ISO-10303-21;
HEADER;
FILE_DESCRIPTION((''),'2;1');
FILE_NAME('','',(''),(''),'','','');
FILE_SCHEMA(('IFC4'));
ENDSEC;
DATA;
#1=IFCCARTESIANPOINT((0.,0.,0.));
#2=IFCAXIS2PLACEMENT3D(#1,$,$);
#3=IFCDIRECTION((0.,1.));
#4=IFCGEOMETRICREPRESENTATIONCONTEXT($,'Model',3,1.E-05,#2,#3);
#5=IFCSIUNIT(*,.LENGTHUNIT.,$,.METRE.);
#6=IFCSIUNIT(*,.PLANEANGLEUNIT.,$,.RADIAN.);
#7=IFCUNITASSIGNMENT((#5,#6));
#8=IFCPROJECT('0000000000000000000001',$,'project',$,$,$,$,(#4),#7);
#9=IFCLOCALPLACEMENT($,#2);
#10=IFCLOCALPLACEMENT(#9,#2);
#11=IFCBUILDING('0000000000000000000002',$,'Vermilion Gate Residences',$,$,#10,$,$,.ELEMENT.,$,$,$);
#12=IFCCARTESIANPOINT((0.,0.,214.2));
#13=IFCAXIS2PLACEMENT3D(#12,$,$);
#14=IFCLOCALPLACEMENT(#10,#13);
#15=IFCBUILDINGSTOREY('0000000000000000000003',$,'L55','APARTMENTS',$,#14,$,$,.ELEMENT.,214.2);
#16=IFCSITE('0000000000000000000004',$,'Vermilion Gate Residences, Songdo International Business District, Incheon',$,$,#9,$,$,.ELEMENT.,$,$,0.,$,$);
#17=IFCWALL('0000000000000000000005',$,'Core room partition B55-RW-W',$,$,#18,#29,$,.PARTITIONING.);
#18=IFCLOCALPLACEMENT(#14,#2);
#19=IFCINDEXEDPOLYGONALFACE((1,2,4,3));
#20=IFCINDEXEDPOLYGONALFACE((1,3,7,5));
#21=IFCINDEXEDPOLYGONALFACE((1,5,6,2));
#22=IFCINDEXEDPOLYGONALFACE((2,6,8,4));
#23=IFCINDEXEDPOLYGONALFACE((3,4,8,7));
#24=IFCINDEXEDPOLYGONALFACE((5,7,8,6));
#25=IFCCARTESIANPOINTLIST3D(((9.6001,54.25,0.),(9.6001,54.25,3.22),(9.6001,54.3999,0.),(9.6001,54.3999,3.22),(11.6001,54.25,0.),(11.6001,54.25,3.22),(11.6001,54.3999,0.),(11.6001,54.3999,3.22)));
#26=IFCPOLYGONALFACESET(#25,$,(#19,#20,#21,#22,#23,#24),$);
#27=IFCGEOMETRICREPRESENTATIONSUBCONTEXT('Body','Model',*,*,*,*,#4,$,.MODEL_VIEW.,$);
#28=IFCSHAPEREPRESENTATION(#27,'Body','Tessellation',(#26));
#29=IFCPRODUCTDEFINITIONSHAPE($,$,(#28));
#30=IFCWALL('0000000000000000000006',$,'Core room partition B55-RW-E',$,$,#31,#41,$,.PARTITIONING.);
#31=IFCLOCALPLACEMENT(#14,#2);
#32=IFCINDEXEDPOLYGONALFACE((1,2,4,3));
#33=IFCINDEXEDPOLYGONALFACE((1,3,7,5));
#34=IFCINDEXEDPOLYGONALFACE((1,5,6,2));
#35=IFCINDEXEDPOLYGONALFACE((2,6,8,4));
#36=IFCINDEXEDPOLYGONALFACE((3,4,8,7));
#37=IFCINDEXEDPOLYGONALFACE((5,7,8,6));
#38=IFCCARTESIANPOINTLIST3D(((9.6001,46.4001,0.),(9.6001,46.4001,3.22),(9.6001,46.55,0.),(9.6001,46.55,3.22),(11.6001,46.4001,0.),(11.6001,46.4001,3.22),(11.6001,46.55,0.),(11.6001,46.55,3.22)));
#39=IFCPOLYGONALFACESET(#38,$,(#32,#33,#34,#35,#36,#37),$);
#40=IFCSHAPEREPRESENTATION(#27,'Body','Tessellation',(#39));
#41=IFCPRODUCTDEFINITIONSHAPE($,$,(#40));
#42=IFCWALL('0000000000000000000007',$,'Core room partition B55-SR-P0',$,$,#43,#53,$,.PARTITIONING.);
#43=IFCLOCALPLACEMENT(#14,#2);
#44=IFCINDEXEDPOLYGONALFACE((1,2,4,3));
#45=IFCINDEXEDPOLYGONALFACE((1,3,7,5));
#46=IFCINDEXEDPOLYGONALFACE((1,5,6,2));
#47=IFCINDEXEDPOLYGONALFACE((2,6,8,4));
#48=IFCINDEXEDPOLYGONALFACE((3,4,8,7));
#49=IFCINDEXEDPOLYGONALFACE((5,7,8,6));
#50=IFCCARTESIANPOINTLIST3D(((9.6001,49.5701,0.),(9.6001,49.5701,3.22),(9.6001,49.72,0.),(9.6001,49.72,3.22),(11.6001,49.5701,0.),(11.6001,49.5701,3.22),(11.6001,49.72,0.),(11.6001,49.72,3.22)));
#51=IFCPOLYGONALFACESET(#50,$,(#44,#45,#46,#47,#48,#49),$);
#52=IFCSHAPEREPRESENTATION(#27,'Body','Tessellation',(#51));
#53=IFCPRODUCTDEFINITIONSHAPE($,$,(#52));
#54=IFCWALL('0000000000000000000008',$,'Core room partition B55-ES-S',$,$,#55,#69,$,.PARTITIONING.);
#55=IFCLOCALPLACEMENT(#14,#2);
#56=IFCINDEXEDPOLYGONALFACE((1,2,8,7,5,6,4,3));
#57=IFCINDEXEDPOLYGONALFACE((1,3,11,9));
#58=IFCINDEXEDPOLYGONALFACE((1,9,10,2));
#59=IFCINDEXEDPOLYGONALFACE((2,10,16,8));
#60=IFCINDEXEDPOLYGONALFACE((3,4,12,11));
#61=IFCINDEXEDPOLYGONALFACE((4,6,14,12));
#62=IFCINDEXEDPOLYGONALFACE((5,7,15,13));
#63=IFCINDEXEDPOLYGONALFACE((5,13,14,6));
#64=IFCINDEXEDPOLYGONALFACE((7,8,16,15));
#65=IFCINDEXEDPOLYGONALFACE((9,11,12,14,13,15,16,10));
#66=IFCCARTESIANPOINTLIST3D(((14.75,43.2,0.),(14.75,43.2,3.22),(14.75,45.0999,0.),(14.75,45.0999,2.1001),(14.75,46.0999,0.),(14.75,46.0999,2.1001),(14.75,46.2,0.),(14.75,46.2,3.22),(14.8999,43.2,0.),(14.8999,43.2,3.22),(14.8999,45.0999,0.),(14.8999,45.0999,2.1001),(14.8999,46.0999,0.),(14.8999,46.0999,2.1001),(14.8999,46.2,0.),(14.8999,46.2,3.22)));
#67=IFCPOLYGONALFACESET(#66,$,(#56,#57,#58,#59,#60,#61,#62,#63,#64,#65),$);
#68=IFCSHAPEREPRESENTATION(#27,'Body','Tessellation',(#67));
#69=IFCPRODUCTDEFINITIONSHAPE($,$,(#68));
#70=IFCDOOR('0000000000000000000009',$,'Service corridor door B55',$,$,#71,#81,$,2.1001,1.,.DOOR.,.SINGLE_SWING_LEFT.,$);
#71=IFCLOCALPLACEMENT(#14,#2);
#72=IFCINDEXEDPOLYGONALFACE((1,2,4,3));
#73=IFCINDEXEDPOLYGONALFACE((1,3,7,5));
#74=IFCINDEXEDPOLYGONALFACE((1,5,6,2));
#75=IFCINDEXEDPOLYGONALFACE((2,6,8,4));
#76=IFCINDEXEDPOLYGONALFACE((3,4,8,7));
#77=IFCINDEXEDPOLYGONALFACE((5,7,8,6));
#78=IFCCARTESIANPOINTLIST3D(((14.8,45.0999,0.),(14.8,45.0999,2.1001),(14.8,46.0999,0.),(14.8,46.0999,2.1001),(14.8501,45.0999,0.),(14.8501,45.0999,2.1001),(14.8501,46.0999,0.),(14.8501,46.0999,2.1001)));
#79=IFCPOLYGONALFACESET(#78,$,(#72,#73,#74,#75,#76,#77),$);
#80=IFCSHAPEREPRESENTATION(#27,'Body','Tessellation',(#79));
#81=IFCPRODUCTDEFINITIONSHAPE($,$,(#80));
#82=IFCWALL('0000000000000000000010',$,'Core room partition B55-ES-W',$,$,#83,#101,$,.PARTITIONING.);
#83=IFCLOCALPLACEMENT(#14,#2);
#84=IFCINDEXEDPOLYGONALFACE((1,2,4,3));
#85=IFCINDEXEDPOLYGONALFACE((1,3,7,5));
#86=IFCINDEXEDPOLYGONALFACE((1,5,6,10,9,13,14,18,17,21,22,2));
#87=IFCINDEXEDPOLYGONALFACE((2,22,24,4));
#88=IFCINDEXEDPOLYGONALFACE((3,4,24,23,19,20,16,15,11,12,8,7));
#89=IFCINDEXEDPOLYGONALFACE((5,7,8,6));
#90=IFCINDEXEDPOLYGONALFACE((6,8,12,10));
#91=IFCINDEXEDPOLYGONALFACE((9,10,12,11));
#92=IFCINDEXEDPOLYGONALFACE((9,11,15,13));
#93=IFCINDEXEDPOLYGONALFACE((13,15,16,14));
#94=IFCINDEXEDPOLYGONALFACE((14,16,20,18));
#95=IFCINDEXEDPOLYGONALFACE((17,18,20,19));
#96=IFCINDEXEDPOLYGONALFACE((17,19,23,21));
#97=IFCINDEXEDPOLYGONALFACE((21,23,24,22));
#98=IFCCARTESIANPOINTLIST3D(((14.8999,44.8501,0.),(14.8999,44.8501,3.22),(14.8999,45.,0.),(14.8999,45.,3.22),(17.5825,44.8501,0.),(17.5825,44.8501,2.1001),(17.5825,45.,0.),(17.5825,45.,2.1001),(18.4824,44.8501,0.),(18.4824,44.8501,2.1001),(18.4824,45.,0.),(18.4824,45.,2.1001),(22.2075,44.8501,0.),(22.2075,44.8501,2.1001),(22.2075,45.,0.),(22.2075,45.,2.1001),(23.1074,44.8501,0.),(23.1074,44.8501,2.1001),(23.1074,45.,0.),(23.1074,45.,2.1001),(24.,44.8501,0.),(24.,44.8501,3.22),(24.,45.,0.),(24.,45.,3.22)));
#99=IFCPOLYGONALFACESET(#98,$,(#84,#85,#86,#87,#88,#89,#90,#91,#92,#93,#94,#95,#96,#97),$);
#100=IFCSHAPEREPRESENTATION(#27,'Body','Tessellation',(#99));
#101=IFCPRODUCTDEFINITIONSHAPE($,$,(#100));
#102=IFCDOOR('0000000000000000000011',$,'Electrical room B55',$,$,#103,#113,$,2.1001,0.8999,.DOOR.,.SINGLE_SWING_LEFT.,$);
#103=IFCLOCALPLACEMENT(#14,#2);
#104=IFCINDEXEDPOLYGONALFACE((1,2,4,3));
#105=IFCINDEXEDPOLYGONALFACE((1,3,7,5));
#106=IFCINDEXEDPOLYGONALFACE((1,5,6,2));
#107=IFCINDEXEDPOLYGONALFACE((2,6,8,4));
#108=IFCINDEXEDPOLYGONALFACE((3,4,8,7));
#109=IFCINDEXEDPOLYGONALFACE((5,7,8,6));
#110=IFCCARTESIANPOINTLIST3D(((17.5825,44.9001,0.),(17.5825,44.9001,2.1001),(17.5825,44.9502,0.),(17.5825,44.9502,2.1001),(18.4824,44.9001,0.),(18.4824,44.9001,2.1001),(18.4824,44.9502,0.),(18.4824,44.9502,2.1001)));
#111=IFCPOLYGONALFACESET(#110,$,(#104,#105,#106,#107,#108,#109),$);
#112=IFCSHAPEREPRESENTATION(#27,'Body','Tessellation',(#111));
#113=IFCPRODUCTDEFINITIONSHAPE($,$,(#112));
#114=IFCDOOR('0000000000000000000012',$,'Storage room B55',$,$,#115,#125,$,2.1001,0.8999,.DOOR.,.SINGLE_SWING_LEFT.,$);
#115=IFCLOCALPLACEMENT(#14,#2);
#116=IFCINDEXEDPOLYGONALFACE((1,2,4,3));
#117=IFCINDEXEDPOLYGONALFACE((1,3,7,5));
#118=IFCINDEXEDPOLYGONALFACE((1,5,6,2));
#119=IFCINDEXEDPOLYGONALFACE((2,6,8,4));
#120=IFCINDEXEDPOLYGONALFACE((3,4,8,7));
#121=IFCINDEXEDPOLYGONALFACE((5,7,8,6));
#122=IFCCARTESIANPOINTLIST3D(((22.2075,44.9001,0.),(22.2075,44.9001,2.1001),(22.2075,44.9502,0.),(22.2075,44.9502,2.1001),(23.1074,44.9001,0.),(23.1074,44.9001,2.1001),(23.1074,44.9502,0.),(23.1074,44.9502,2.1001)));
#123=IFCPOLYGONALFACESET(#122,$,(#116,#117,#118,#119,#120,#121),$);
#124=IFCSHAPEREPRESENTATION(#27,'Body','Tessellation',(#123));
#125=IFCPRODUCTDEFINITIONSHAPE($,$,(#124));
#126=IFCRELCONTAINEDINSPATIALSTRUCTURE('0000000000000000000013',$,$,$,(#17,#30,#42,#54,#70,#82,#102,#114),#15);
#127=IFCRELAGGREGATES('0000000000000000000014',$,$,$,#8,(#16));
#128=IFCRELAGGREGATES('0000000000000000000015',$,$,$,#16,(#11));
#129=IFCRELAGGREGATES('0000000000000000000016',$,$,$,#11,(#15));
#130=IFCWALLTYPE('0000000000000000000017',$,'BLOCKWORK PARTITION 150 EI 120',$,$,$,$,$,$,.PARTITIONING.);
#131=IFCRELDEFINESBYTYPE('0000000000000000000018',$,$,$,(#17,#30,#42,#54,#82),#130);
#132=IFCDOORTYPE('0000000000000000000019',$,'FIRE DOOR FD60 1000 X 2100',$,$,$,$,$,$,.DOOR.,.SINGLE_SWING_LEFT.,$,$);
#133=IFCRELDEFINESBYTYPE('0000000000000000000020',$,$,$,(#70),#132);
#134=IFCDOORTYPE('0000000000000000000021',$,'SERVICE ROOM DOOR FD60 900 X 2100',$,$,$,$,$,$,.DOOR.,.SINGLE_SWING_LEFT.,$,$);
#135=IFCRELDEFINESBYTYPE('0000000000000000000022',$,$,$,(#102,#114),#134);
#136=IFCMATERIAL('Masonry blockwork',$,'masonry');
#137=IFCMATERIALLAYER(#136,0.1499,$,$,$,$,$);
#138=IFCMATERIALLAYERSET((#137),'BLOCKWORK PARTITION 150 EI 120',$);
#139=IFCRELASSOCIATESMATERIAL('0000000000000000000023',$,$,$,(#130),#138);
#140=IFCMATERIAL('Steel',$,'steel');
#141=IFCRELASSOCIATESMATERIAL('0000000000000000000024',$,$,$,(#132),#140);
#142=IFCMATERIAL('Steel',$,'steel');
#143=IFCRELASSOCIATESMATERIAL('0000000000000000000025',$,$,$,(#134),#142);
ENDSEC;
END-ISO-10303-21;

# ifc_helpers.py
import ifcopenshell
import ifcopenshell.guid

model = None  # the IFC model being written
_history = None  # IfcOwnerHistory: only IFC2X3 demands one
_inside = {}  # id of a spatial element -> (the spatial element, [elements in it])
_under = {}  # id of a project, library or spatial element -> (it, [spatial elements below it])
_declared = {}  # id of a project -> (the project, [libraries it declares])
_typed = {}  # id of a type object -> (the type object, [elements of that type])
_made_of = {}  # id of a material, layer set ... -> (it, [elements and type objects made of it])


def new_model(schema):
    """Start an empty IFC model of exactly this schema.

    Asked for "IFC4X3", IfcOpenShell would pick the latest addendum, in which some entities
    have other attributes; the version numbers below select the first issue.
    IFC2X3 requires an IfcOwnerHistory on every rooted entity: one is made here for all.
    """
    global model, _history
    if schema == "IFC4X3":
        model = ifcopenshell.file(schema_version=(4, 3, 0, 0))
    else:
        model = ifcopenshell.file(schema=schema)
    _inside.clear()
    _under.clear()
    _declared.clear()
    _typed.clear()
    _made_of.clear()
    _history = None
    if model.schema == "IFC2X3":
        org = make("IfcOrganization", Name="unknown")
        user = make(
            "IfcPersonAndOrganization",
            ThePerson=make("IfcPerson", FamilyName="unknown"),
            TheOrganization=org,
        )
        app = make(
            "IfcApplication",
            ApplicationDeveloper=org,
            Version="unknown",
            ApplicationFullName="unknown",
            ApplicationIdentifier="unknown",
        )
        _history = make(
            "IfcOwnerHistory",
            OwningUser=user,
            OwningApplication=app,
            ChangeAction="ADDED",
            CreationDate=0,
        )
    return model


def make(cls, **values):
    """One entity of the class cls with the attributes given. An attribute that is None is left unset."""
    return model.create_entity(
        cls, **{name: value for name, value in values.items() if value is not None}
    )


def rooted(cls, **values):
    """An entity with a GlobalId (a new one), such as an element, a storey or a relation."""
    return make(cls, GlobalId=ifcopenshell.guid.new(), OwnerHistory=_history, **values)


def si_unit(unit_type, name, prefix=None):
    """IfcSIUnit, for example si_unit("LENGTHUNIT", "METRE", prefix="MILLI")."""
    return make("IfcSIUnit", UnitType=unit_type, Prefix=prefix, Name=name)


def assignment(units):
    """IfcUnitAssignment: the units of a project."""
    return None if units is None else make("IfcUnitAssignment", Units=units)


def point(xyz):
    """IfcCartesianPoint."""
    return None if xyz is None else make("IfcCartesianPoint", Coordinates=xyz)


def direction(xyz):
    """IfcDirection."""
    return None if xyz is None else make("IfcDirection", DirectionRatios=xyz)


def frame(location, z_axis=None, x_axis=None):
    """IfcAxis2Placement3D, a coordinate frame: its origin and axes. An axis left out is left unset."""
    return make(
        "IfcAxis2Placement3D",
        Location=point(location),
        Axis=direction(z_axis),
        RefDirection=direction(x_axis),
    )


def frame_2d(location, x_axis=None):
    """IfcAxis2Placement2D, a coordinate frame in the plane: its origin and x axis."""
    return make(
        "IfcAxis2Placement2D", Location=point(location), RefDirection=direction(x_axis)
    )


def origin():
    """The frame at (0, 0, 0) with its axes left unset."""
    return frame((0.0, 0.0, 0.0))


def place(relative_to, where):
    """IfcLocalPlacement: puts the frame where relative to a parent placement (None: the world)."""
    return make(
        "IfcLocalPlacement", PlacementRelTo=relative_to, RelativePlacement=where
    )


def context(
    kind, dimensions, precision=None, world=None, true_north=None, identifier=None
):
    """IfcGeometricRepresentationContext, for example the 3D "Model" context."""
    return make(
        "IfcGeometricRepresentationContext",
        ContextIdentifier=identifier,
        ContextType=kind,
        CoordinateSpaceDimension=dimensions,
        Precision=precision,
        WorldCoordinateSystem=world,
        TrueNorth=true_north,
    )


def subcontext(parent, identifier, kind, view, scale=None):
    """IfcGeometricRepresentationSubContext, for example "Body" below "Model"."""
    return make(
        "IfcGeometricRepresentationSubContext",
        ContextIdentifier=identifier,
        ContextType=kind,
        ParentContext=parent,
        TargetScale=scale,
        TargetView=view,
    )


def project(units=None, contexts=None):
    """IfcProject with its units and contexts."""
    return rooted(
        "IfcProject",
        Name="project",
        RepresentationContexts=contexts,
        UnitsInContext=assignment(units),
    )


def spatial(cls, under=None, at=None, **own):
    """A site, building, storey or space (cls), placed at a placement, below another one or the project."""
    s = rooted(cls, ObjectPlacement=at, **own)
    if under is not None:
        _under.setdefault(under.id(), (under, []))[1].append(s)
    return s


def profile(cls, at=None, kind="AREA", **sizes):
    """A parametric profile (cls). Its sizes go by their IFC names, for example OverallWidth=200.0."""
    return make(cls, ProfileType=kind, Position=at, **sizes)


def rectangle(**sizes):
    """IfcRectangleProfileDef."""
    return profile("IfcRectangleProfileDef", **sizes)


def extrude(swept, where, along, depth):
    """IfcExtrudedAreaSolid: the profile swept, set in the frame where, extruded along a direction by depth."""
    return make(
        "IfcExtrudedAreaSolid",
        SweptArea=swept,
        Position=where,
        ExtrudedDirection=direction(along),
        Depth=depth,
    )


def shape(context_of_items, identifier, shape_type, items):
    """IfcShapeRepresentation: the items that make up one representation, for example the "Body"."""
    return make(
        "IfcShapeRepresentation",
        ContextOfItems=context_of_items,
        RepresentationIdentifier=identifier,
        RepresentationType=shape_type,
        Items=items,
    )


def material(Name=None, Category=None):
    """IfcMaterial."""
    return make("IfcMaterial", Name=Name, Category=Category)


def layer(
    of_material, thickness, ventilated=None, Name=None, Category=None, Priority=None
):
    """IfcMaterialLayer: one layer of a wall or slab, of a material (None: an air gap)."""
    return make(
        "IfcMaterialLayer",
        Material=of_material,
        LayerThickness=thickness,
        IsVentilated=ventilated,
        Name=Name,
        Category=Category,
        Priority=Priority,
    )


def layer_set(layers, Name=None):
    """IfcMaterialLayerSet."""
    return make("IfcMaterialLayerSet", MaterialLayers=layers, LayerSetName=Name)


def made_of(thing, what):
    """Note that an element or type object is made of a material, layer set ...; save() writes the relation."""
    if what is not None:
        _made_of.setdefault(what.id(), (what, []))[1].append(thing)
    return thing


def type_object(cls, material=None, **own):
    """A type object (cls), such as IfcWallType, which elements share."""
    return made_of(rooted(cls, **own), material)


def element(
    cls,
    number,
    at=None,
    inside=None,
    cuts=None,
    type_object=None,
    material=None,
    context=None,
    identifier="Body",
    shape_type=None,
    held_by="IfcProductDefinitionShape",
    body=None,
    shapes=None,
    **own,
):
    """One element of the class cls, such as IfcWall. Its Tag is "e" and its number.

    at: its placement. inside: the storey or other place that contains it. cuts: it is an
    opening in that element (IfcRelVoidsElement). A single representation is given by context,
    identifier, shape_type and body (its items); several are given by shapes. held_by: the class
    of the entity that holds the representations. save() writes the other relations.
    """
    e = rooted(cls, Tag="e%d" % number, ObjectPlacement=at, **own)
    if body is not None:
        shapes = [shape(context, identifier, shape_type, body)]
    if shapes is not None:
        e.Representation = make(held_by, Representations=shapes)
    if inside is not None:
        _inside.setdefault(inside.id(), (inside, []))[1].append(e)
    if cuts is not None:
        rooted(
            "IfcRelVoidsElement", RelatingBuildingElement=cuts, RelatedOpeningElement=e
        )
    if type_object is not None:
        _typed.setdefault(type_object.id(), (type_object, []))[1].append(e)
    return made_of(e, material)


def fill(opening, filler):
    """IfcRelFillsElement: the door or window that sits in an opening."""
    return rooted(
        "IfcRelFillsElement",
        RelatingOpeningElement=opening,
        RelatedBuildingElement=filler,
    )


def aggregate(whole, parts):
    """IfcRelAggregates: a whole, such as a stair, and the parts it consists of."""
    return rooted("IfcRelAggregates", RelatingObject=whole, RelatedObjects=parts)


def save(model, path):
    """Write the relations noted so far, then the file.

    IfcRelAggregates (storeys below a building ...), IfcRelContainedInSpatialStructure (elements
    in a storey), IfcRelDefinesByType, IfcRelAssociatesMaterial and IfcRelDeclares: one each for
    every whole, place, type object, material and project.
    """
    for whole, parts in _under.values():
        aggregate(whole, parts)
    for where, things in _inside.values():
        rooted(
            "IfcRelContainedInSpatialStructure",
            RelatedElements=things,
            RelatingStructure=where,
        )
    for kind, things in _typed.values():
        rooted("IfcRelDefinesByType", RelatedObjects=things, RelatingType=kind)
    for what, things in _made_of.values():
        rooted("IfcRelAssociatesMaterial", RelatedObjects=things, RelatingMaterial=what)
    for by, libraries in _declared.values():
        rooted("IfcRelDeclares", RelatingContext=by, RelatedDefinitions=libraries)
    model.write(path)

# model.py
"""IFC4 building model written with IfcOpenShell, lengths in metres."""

from ifc_helpers import new_model, si_unit, direction, frame, frame_2d, origin, place, context, subcontext, project, spatial, rectangle, extrude, material, layer, layer_set, type_object, element, fill, save


model = new_model("IFC4")

# Units and contexts
model_context = context("Model", 3, precision=1e-05, world=origin(), true_north=direction((0.0, 1.0)))
body_context = subcontext(model_context, "Body", "Model", "MODEL_VIEW")
ifc_project = project(units=[si_unit("LENGTHUNIT", "METRE"), si_unit("PLANEANGLEUNIT", "RADIAN")], contexts=[model_context])

# Site, building, storey
site_placement = place(None, origin())
site = spatial("IfcSite", under=ifc_project, at=site_placement, Name="Vermilion Gate Residences, Songdo International Business District, Incheon", CompositionType="ELEMENT", RefElevation=0.0)
building_placement = place(site_placement, origin())
building = spatial("IfcBuilding", under=site, at=building_placement, Name="Vermilion Gate Residences", CompositionType="ELEMENT")
storey_placement = place(building_placement, frame((0.0, 0.0, 214.2)))
storey = spatial("IfcBuildingStorey", under=building, at=storey_placement, Name="L55", Description="APARTMENTS", CompositionType="ELEMENT", Elevation=214.2)

# Walls
ifc_material_1 = material(Name="Masonry blockwork", Category="masonry")
ifc_layer_1 = layer(ifc_material_1, 0.1499)
ifc_layer_set_1 = layer_set([ifc_layer_1], Name="BLOCKWORK PARTITION 150 EI 120")
wall_type_1 = type_object("IfcWallType", Name="BLOCKWORK PARTITION 150 EI 120", PredefinedType="PARTITIONING", material=ifc_layer_set_1)
for number, where, z_axis, x_axis, name in (
    (1, (9.6001, 54.325, 0.0), (0.0, 0.0, 1.0), (1.0, 0.0, 0.0), "Core room partition B55-RW-W"),
    (2, (9.6001, 46.4751, 0.0), (0.0, 0.0, 1.0), (1.0, 0.0, 0.0), "Core room partition B55-RW-E"),
    (3, (9.6001, 49.645, 0.0), (0.0, 0.0, 1.0), (1.0, 0.0, 0.0), "Core room partition B55-SR-P0"),
):
    element("IfcWall", number, at=place(storey_placement, frame(where, z_axis=z_axis, x_axis=x_axis)), inside=storey, type_object=wall_type_1, Name=name, PredefinedType="PARTITIONING", context=body_context, shape_type="SweptSolid", body=[
        extrude(rectangle(XDim=2.0, YDim=0.1499, at=frame_2d((1.0, 0.0))), origin(), (0.0, 0.0, 1.0), 3.22),
    ])

# Wall, opening, door
wall_1_placement = place(storey_placement, frame((14.825, 46.2, 0.0), z_axis=(0.0, 0.0, 1.0), x_axis=(0.0, -1.0, 0.0)))
wall_1 = element("IfcWall", 4, at=wall_1_placement, inside=storey, type_object=wall_type_1, Name="Core room partition B55-ES-S", PredefinedType="PARTITIONING", context=body_context, shape_type="SweptSolid", body=[
    extrude(rectangle(XDim=3.0, YDim=0.1499, at=frame_2d((1.5, 0.0))), origin(), (0.0, 0.0, 1.0), 3.22),
])
opening_1_placement = place(wall_1_placement, frame((0.1001, 0.0, 0.0)))
opening_1 = element("IfcOpeningElement", 5, at=opening_1_placement, cuts=wall_1, PredefinedType="OPENING", context=body_context, shape_type="SweptSolid", body=[
    extrude(rectangle(XDim=1.0, YDim=2.1001, at=frame_2d((0.5, 1.05))), frame((0.0, 0.085, 0.0), z_axis=(0.0, -1.0, 0.0), x_axis=(1.0, 0.0, 0.0)), (0.0, 0.0, 1.0), 0.1699),
])
ifc_material_2 = material(Name="Steel", Category="steel")
door_type_1 = type_object("IfcDoorType", Name="FIRE DOOR FD60 1000 X 2100", OperationType="SINGLE_SWING_LEFT", PredefinedType="DOOR", material=ifc_material_2)
door_1_placement = place(opening_1_placement, frame((1.0, 0.0, 0.0), z_axis=(0.0, 0.0, 1.0), x_axis=(-1.0, 0.0, 0.0)))
door_1 = element("IfcDoor", 6, at=door_1_placement, inside=storey, type_object=door_type_1, Name="Service corridor door B55", OperationType="SINGLE_SWING_LEFT", OverallHeight=2.1001, OverallWidth=1.0, PredefinedType="DOOR", context=body_context, shape_type="SweptSolid", body=[
    extrude(rectangle(XDim=1.0, YDim=2.1001, at=frame_2d((0.5, 1.05))), frame((0.0, 0.0249, 0.0), z_axis=(0.0, -1.0, 0.0), x_axis=(1.0, 0.0, 0.0)), (0.0, 0.0, 1.0), 0.05),
])
fill(opening_1, door_1)

# Wall, openings, doors
wall_2_placement = place(storey_placement, frame((14.8999, 44.925, 0.0), z_axis=(0.0, 0.0, 1.0), x_axis=(1.0, 0.0, 0.0)))
wall_2 = element("IfcWall", 7, at=wall_2_placement, inside=storey, type_object=wall_type_1, Name="Core room partition B55-ES-W", PredefinedType="PARTITIONING", context=body_context, shape_type="SweptSolid", body=[
    extrude(rectangle(XDim=9.1001, YDim=0.1499, at=frame_2d((4.55, 0.0))), origin(), (0.0, 0.0, 1.0), 3.22),
])
opening_2_placement = place(wall_2_placement, frame((2.6826, 0.0, 0.0)))
opening_2 = element("IfcOpeningElement", 8, at=opening_2_placement, cuts=wall_2, PredefinedType="OPENING", context=body_context, shape_type="SweptSolid", body=[
    extrude(rectangle(XDim=0.8999, YDim=2.1001, at=frame_2d((0.45, 1.05))), frame((0.0, 0.085, 0.0), z_axis=(0.0, -1.0, 0.0), x_axis=(1.0, 0.0, 0.0)), (0.0, 0.0, 1.0), 0.1699),
])
opening_3_placement = place(wall_2_placement, frame((7.3076, 0.0, 0.0)))
opening_3 = element("IfcOpeningElement", 9, at=opening_3_placement, cuts=wall_2, PredefinedType="OPENING", context=body_context, shape_type="SweptSolid", body=[
    extrude(rectangle(XDim=0.8999, YDim=2.1001, at=frame_2d((0.45, 1.05))), frame((0.0, 0.085, 0.0), z_axis=(0.0, -1.0, 0.0), x_axis=(1.0, 0.0, 0.0)), (0.0, 0.0, 1.0), 0.1699),
])
ifc_material_3 = material(Name="Steel", Category="steel")
door_type_2 = type_object("IfcDoorType", Name="SERVICE ROOM DOOR FD60 900 X 2100", OperationType="SINGLE_SWING_LEFT", PredefinedType="DOOR", material=ifc_material_3)
door_2_placement = place(opening_2_placement, frame((0.8999, 0.0, 0.0), z_axis=(0.0, 0.0, 1.0), x_axis=(-1.0, 0.0, 0.0)))
door_2 = element("IfcDoor", 10, at=door_2_placement, inside=storey, type_object=door_type_2, Name="Electrical room B55", OperationType="SINGLE_SWING_LEFT", OverallHeight=2.1001, OverallWidth=0.8999, PredefinedType="DOOR", context=body_context, shape_type="SweptSolid", body=[
    extrude(rectangle(XDim=0.8999, YDim=2.1001, at=frame_2d((0.45, 1.05))), frame((0.0, 0.0249, 0.0), z_axis=(0.0, -1.0, 0.0), x_axis=(1.0, 0.0, 0.0)), (0.0, 0.0, 1.0), 0.05),
])
fill(opening_2, door_2)
door_3_placement = place(opening_3_placement, frame((0.8999, 0.0, 0.0), z_axis=(0.0, 0.0, 1.0), x_axis=(-1.0, 0.0, 0.0)))
door_3 = element("IfcDoor", 11, at=door_3_placement, inside=storey, type_object=door_type_2, Name="Storage room B55", OperationType="SINGLE_SWING_LEFT", OverallHeight=2.1001, OverallWidth=0.8999, PredefinedType="DOOR", context=body_context, shape_type="SweptSolid", body=[
    extrude(rectangle(XDim=0.8999, YDim=2.1001, at=frame_2d((0.45, 1.05))), frame((0.0, 0.0249, 0.0), z_axis=(0.0, -1.0, 0.0), x_axis=(1.0, 0.0, 0.0)), (0.0, 0.0, 1.0), 0.05),
])
fill(opening_3, door_3)

save(model, "model.ifc")
